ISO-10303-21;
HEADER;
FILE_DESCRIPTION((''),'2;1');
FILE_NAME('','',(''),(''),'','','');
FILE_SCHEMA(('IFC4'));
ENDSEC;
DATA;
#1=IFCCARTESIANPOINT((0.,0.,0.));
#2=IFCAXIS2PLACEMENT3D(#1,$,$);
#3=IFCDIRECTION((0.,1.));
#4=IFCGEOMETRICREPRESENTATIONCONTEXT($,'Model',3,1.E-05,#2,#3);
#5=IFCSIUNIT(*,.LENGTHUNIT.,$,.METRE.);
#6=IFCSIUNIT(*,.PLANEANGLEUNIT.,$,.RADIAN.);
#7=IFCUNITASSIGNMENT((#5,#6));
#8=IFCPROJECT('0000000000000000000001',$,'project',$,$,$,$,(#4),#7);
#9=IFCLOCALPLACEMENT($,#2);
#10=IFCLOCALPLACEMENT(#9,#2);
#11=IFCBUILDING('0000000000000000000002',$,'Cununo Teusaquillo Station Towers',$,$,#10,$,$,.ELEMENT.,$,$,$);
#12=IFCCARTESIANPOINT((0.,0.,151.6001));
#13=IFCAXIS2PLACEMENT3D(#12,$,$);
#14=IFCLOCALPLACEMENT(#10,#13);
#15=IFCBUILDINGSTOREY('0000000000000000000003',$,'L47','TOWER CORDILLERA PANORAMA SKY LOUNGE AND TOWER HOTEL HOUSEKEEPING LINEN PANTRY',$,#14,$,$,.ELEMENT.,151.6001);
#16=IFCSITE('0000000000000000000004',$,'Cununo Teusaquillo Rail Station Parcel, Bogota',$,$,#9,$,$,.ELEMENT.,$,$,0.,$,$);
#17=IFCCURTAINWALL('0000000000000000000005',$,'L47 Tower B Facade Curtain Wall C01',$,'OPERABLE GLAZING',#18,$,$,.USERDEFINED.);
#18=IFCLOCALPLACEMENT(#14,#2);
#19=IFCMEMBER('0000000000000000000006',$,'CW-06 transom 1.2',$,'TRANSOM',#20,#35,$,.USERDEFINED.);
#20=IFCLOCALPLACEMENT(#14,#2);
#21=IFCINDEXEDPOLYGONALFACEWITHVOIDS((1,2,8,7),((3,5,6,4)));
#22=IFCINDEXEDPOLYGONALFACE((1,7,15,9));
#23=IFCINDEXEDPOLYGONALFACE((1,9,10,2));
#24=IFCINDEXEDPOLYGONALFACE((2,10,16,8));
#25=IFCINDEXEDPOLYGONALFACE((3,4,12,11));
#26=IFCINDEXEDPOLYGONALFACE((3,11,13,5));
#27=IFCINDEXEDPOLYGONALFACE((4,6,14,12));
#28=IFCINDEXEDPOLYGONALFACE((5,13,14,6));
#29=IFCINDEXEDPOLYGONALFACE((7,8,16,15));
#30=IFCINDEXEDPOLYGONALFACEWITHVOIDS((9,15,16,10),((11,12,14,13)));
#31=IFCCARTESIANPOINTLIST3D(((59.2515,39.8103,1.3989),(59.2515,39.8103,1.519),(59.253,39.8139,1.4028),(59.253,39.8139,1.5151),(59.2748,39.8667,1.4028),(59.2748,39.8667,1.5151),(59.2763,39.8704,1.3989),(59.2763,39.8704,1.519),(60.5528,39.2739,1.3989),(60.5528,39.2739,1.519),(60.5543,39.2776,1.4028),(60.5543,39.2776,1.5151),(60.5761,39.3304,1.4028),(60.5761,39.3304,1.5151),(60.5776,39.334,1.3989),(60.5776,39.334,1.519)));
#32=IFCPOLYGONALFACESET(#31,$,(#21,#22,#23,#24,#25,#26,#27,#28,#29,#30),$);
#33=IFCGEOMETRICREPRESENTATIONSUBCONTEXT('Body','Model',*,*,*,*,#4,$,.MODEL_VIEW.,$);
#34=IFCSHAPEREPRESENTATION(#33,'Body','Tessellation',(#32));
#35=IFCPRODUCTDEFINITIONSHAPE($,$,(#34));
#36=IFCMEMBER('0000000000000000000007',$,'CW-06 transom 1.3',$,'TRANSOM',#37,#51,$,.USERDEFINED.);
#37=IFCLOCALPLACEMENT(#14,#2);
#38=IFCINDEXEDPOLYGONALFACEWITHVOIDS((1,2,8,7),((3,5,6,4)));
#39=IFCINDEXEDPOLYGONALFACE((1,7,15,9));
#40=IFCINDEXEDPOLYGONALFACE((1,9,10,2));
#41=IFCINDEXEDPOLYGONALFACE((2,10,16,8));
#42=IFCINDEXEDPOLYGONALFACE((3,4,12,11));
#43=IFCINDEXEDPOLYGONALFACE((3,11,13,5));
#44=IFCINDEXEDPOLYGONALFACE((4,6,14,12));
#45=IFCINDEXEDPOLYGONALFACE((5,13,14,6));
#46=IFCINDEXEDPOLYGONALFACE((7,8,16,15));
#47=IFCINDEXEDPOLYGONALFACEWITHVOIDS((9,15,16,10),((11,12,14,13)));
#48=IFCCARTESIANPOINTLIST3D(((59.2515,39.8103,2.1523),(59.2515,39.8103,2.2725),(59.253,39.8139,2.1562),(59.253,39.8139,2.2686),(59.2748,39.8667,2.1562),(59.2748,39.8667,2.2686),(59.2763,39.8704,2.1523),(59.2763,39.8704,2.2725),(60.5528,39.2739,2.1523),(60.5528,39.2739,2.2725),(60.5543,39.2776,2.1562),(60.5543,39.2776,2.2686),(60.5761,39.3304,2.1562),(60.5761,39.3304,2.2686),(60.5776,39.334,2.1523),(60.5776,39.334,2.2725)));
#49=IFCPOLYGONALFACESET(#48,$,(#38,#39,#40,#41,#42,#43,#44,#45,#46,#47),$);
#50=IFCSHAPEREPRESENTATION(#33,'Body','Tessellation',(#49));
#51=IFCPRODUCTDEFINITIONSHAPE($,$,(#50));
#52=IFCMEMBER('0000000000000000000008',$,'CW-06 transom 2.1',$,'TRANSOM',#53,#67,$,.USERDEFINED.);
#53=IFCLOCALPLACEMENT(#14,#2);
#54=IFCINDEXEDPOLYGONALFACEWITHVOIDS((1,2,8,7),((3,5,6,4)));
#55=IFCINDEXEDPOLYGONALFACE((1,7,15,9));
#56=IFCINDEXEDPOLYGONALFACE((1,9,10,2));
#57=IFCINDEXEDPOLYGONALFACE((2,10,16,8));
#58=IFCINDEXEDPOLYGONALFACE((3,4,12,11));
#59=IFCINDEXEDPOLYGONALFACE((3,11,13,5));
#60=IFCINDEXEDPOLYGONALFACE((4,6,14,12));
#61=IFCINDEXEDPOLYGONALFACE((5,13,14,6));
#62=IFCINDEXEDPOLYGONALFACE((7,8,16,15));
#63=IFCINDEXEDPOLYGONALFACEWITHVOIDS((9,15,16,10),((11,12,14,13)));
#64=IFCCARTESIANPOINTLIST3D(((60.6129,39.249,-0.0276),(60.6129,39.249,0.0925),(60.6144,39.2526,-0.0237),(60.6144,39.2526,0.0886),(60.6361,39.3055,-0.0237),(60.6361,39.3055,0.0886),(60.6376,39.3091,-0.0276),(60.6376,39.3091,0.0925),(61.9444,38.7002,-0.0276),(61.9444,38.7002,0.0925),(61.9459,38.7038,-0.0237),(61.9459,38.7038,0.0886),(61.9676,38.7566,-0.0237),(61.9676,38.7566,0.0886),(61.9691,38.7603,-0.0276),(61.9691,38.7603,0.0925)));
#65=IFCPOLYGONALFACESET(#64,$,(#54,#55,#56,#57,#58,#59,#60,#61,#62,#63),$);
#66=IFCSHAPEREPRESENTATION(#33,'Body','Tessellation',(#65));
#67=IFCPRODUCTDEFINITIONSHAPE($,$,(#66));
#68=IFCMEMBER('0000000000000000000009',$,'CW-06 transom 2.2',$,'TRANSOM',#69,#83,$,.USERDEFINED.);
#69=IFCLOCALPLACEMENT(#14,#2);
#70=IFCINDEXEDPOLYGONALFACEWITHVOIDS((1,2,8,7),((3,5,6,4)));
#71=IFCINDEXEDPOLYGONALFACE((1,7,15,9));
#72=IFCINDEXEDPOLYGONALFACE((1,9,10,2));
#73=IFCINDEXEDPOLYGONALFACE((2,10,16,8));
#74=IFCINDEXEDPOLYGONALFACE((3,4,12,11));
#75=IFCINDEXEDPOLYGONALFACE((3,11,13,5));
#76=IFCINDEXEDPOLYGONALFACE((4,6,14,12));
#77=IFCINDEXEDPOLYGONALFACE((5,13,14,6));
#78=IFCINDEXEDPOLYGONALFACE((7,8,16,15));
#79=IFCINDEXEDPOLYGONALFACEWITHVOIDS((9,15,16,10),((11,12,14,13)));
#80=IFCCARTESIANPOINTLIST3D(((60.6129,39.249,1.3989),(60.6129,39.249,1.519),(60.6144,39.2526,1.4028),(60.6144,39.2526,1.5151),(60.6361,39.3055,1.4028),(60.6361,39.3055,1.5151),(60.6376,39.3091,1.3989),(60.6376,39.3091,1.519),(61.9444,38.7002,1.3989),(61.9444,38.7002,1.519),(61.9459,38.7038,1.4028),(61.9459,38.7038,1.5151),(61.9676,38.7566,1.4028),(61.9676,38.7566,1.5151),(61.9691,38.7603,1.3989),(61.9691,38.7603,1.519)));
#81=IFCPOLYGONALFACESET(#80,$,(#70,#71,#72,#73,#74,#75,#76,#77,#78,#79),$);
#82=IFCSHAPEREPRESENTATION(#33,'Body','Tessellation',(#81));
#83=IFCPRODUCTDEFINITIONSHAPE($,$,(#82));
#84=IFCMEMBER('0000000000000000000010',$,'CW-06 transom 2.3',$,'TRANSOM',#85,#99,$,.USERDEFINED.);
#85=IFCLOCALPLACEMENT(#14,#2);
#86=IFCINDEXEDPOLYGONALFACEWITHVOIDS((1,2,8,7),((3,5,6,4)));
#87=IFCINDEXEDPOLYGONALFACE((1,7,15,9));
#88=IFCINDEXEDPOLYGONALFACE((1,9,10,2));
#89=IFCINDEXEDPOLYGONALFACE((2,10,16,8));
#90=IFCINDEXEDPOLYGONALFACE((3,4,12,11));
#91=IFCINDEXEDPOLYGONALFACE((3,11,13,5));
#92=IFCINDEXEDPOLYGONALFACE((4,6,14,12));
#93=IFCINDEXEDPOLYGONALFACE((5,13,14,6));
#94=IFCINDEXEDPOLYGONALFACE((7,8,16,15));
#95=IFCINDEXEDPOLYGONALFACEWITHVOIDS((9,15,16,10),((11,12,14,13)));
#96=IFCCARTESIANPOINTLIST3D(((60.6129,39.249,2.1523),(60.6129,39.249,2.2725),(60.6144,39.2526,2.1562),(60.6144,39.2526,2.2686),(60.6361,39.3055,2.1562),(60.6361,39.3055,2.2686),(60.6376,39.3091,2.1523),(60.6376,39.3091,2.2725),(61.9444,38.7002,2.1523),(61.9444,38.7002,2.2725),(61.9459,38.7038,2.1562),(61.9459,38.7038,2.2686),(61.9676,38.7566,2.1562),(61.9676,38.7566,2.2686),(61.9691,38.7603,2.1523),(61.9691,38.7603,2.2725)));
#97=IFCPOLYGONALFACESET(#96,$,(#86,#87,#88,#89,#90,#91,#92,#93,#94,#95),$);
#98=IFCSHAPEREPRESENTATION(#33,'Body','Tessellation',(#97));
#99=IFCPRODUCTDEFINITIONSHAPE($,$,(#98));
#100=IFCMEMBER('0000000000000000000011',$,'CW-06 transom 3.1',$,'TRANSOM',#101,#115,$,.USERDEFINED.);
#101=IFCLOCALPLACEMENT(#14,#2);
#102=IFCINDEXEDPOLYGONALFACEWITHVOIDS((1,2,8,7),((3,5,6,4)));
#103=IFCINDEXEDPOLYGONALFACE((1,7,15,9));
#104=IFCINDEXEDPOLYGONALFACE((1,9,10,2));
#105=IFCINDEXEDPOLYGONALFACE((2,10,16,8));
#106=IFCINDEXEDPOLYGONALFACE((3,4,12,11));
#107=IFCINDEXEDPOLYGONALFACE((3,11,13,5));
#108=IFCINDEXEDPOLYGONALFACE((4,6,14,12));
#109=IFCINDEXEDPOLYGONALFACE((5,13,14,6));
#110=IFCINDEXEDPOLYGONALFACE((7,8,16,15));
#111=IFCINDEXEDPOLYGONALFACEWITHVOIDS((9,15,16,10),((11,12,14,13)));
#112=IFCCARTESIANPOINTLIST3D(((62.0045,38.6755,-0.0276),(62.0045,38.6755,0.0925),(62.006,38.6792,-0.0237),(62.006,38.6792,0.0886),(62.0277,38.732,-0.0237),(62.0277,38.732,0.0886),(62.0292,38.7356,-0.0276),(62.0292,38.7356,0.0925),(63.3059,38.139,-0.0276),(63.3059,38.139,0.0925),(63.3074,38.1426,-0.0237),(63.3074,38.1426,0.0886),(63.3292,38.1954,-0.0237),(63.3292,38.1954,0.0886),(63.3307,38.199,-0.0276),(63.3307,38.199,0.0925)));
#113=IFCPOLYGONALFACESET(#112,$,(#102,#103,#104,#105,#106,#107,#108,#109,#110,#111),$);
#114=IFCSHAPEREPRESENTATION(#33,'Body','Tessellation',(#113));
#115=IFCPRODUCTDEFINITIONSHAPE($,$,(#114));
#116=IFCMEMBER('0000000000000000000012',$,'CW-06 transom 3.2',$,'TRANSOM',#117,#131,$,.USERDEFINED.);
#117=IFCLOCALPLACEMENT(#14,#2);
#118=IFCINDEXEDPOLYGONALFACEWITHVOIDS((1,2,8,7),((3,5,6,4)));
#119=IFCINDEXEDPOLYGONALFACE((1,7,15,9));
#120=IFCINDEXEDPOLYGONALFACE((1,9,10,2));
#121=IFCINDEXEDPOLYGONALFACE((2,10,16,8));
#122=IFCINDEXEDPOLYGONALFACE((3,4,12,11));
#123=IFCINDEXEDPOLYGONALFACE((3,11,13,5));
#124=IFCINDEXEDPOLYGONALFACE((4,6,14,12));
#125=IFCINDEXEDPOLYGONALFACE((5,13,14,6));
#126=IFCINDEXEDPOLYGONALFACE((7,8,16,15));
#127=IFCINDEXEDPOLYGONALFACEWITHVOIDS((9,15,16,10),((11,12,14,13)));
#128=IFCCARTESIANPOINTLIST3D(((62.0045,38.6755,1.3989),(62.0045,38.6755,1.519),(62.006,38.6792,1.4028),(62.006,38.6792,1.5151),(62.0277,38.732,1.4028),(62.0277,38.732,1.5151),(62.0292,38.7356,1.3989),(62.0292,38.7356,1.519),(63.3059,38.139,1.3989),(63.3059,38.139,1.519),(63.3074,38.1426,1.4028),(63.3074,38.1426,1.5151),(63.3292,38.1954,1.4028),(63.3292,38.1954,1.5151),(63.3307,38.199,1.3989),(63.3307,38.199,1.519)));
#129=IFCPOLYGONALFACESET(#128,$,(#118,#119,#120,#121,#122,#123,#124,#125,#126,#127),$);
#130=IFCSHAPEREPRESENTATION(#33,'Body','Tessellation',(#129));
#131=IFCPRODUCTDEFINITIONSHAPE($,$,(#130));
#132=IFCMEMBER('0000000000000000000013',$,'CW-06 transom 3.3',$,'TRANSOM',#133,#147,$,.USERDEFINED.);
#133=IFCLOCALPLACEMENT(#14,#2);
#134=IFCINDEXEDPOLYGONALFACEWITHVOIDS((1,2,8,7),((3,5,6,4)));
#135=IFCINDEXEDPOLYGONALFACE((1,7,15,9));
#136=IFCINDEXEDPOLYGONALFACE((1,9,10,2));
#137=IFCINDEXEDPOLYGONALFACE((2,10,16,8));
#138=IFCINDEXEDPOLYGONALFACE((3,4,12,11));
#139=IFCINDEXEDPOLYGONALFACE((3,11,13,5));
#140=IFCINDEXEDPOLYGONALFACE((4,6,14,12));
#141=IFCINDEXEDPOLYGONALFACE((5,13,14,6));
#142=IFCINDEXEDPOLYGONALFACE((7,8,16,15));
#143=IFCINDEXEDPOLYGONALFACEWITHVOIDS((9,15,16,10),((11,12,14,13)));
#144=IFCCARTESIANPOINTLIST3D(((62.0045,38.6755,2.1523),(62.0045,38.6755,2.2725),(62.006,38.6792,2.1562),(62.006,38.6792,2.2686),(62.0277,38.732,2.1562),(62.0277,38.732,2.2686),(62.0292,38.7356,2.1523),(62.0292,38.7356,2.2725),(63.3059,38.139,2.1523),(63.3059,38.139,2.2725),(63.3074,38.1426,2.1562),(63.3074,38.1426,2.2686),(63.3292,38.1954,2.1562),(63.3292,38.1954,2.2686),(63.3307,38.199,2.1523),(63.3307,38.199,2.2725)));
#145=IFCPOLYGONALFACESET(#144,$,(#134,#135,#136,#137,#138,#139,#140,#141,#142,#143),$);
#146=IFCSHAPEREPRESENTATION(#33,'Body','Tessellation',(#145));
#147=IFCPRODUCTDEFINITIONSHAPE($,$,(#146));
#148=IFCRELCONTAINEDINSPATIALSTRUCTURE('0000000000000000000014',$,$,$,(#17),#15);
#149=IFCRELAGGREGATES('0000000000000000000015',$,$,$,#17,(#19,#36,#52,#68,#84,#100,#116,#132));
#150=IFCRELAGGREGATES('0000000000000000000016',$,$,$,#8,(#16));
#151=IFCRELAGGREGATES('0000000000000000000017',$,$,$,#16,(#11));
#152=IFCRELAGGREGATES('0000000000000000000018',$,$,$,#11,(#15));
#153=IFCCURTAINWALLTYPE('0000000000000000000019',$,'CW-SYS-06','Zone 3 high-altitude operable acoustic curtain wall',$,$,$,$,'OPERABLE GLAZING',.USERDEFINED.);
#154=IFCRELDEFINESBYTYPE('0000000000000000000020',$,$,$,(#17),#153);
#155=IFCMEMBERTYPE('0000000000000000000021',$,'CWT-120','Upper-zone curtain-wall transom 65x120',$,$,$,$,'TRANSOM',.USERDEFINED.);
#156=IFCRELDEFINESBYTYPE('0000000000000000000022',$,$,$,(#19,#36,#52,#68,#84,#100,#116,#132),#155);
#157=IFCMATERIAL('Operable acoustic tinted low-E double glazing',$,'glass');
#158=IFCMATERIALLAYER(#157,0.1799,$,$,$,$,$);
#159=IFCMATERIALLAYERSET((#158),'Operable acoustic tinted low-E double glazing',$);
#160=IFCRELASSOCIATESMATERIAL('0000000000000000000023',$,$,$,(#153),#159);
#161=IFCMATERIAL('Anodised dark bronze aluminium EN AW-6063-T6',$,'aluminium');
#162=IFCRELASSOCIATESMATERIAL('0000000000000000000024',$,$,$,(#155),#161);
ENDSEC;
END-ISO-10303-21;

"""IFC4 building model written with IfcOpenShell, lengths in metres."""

from ifc_helpers import new_model, si_unit, direction, frame, origin, origin_2d, place, context, subcontext, project, spatial, hollow_rectangle, extrude, material, layer, layer_set, material_profile, profile_set, type_object, element, aggregate, save


model = new_model("IFC4")

# Units and contexts
model_context = context("Model", 3, precision=1e-05, world=origin(), true_north=direction((0.0, 1.0)))
body_context = subcontext(model_context, "Body", "Model", "MODEL_VIEW")
ifc_project = project(units=[si_unit("LENGTHUNIT", "METRE"), si_unit("PLANEANGLEUNIT", "RADIAN")], contexts=[model_context])

# Site, building, storey
site_placement = place(None, origin())
site = spatial("IfcSite", under=ifc_project, at=site_placement, Name="Cununo Teusaquillo Rail Station Parcel, Bogota", CompositionType="ELEMENT", RefElevation=0.0)
building_placement = place(site_placement, origin())
building = spatial("IfcBuilding", under=site, at=building_placement, Name="Cununo Teusaquillo Station Towers", CompositionType="ELEMENT")
storey_placement = place(building_placement, frame((0.0, 0.0, 151.6001)))
storey = spatial("IfcBuildingStorey", under=building, at=storey_placement, Name="L47", Description="TOWER CORDILLERA PANORAMA SKY LOUNGE AND TOWER HOTEL HOUSEKEEPING LINEN PANTRY", CompositionType="ELEMENT", Elevation=151.6001)

# Curtain wall, members
ifc_material_1 = material(Name="Operable acoustic tinted low-E double glazing", Category="glass")
ifc_layer_1 = layer(ifc_material_1, 0.1799)
ifc_layer_set_1 = layer_set([ifc_layer_1], Name="Operable acoustic tinted low-E double glazing")
curtain_wall_type = type_object("IfcCurtainWallType", Name="CW-SYS-06", Description="Zone 3 high-altitude operable acoustic curtain wall", ElementType="OPERABLE GLAZING", PredefinedType="USERDEFINED", material=ifc_layer_set_1)
curtain_wall_placement = place(storey_placement, origin())
curtain_wall = element("IfcCurtainWall", 1, at=curtain_wall_placement, inside=storey, type_object=curtain_wall_type, Name="L47 Tower B Facade Curtain Wall C01", ObjectType="OPERABLE GLAZING", PredefinedType="USERDEFINED")
ifc_material_2 = material(Name="Anodised dark bronze aluminium EN AW-6063-T6", Category="aluminium")
ifc_material_profile_1 = material_profile(ifc_material_2, hollow_rectangle(XDim=0.0649, YDim=0.1201, WallThickness=0.0039, at=origin_2d()), Name="CW-TRAN-65x120")
ifc_profile_set_1 = profile_set([ifc_material_profile_1], Name="Anodised dark bronze aluminium EN AW-6063-T6")
member_type_1 = type_object("IfcMemberType", Name="CWT-120", Description="Upper-zone curtain-wall transom 65x120", ElementType="TRANSOM", PredefinedType="USERDEFINED", material=ifc_profile_set_1)
member_1_placement = place(storey_placement, frame((59.2639, 39.8403, 1.459), z_axis=(0.924538, -0.38109, 0.0), x_axis=(0.38109, 0.924538, 0.0)))
member_1 = element("IfcMember", 2, at=member_1_placement, type_object=member_type_1, Name="CW-06 transom 1.2", ObjectType="TRANSOM", PredefinedType="USERDEFINED", context=body_context, shape_type="SweptSolid", body=[
    extrude(hollow_rectangle(XDim=0.0649, YDim=0.1201, WallThickness=0.0039, at=origin_2d()), origin(), (0.0, 0.0, 1.0), 1.4075),
])
member_2_placement = place(storey_placement, frame((59.2639, 39.8403, 2.2124), z_axis=(0.924538, -0.38109, 0.0), x_axis=(0.38109, 0.924538, 0.0)))
member_2 = element("IfcMember", 3, at=member_2_placement, type_object=member_type_1, Name="CW-06 transom 1.3", ObjectType="TRANSOM", PredefinedType="USERDEFINED", context=body_context, shape_type="SweptSolid", body=[
    extrude(hollow_rectangle(XDim=0.0649, YDim=0.1201, WallThickness=0.0039, at=origin_2d()), origin(), (0.0, 0.0, 1.0), 1.4075),
])
member_3_placement = place(storey_placement, frame((60.6252, 39.2791, 0.0325), z_axis=(0.924545, -0.381074, 0.0), x_axis=(0.381074, 0.924545, 0.0)))
member_3 = element("IfcMember", 4, at=member_3_placement, type_object=member_type_1, Name="CW-06 transom 2.1", ObjectType="TRANSOM", PredefinedType="USERDEFINED", context=body_context, shape_type="SweptSolid", body=[
    extrude(hollow_rectangle(XDim=0.0649, YDim=0.1201, WallThickness=0.0039, at=origin_2d()), origin(), (0.0, 0.0, 1.0), 1.4402),
])
member_4_placement = place(storey_placement, frame((60.6252, 39.2791, 1.459), z_axis=(0.924545, -0.381074, 0.0), x_axis=(0.381074, 0.924545, 0.0)))
member_4 = element("IfcMember", 5, at=member_4_placement, type_object=member_type_1, Name="CW-06 transom 2.2", ObjectType="TRANSOM", PredefinedType="USERDEFINED", context=body_context, shape_type="SweptSolid", body=[
    extrude(hollow_rectangle(XDim=0.0649, YDim=0.1201, WallThickness=0.0039, at=origin_2d()), origin(), (0.0, 0.0, 1.0), 1.4402),
])
member_5_placement = place(storey_placement, frame((60.6252, 39.2791, 2.2124), z_axis=(0.924545, -0.381074, 0.0), x_axis=(0.381074, 0.924545, 0.0)))
member_5 = element("IfcMember", 6, at=member_5_placement, type_object=member_type_1, Name="CW-06 transom 2.3", ObjectType="TRANSOM", PredefinedType="USERDEFINED", context=body_context, shape_type="SweptSolid", body=[
    extrude(hollow_rectangle(XDim=0.0649, YDim=0.1201, WallThickness=0.0039, at=origin_2d()), origin(), (0.0, 0.0, 1.0), 1.4402),
])
member_6_placement = place(storey_placement, frame((62.0168, 38.7056, 0.0325), z_axis=(0.924502, -0.381177, 0.0), x_axis=(0.381177, 0.924502, 0.0)))
member_6 = element("IfcMember", 7, at=member_6_placement, type_object=member_type_1, Name="CW-06 transom 3.1", ObjectType="TRANSOM", PredefinedType="USERDEFINED", context=body_context, shape_type="SweptSolid", body=[
    extrude(hollow_rectangle(XDim=0.0649, YDim=0.1201, WallThickness=0.0039, at=origin_2d()), origin(), (0.0, 0.0, 1.0), 1.4077),
])
member_7_placement = place(storey_placement, frame((62.0168, 38.7056, 1.459), z_axis=(0.924502, -0.381177, 0.0), x_axis=(0.381177, 0.924502, 0.0)))
member_7 = element("IfcMember", 8, at=member_7_placement, type_object=member_type_1, Name="CW-06 transom 3.2", ObjectType="TRANSOM", PredefinedType="USERDEFINED", context=body_context, shape_type="SweptSolid", body=[
    extrude(hollow_rectangle(XDim=0.0649, YDim=0.1201, WallThickness=0.0039, at=origin_2d()), origin(), (0.0, 0.0, 1.0), 1.4077),
])
member_8_placement = place(storey_placement, frame((62.0168, 38.7056, 2.2124), z_axis=(0.924502, -0.381177, 0.0), x_axis=(0.381177, 0.924502, 0.0)))
member_8 = element("IfcMember", 9, at=member_8_placement, type_object=member_type_1, Name="CW-06 transom 3.3", ObjectType="TRANSOM", PredefinedType="USERDEFINED", context=body_context, shape_type="SweptSolid", body=[
    extrude(hollow_rectangle(XDim=0.0649, YDim=0.1201, WallThickness=0.0039, at=origin_2d()), origin(), (0.0, 0.0, 1.0), 1.4077),
])

aggregate(curtain_wall, [member_1, member_2, member_3, member_4, member_5, member_6, member_7, member_8])

save(model, "model.ifc")
